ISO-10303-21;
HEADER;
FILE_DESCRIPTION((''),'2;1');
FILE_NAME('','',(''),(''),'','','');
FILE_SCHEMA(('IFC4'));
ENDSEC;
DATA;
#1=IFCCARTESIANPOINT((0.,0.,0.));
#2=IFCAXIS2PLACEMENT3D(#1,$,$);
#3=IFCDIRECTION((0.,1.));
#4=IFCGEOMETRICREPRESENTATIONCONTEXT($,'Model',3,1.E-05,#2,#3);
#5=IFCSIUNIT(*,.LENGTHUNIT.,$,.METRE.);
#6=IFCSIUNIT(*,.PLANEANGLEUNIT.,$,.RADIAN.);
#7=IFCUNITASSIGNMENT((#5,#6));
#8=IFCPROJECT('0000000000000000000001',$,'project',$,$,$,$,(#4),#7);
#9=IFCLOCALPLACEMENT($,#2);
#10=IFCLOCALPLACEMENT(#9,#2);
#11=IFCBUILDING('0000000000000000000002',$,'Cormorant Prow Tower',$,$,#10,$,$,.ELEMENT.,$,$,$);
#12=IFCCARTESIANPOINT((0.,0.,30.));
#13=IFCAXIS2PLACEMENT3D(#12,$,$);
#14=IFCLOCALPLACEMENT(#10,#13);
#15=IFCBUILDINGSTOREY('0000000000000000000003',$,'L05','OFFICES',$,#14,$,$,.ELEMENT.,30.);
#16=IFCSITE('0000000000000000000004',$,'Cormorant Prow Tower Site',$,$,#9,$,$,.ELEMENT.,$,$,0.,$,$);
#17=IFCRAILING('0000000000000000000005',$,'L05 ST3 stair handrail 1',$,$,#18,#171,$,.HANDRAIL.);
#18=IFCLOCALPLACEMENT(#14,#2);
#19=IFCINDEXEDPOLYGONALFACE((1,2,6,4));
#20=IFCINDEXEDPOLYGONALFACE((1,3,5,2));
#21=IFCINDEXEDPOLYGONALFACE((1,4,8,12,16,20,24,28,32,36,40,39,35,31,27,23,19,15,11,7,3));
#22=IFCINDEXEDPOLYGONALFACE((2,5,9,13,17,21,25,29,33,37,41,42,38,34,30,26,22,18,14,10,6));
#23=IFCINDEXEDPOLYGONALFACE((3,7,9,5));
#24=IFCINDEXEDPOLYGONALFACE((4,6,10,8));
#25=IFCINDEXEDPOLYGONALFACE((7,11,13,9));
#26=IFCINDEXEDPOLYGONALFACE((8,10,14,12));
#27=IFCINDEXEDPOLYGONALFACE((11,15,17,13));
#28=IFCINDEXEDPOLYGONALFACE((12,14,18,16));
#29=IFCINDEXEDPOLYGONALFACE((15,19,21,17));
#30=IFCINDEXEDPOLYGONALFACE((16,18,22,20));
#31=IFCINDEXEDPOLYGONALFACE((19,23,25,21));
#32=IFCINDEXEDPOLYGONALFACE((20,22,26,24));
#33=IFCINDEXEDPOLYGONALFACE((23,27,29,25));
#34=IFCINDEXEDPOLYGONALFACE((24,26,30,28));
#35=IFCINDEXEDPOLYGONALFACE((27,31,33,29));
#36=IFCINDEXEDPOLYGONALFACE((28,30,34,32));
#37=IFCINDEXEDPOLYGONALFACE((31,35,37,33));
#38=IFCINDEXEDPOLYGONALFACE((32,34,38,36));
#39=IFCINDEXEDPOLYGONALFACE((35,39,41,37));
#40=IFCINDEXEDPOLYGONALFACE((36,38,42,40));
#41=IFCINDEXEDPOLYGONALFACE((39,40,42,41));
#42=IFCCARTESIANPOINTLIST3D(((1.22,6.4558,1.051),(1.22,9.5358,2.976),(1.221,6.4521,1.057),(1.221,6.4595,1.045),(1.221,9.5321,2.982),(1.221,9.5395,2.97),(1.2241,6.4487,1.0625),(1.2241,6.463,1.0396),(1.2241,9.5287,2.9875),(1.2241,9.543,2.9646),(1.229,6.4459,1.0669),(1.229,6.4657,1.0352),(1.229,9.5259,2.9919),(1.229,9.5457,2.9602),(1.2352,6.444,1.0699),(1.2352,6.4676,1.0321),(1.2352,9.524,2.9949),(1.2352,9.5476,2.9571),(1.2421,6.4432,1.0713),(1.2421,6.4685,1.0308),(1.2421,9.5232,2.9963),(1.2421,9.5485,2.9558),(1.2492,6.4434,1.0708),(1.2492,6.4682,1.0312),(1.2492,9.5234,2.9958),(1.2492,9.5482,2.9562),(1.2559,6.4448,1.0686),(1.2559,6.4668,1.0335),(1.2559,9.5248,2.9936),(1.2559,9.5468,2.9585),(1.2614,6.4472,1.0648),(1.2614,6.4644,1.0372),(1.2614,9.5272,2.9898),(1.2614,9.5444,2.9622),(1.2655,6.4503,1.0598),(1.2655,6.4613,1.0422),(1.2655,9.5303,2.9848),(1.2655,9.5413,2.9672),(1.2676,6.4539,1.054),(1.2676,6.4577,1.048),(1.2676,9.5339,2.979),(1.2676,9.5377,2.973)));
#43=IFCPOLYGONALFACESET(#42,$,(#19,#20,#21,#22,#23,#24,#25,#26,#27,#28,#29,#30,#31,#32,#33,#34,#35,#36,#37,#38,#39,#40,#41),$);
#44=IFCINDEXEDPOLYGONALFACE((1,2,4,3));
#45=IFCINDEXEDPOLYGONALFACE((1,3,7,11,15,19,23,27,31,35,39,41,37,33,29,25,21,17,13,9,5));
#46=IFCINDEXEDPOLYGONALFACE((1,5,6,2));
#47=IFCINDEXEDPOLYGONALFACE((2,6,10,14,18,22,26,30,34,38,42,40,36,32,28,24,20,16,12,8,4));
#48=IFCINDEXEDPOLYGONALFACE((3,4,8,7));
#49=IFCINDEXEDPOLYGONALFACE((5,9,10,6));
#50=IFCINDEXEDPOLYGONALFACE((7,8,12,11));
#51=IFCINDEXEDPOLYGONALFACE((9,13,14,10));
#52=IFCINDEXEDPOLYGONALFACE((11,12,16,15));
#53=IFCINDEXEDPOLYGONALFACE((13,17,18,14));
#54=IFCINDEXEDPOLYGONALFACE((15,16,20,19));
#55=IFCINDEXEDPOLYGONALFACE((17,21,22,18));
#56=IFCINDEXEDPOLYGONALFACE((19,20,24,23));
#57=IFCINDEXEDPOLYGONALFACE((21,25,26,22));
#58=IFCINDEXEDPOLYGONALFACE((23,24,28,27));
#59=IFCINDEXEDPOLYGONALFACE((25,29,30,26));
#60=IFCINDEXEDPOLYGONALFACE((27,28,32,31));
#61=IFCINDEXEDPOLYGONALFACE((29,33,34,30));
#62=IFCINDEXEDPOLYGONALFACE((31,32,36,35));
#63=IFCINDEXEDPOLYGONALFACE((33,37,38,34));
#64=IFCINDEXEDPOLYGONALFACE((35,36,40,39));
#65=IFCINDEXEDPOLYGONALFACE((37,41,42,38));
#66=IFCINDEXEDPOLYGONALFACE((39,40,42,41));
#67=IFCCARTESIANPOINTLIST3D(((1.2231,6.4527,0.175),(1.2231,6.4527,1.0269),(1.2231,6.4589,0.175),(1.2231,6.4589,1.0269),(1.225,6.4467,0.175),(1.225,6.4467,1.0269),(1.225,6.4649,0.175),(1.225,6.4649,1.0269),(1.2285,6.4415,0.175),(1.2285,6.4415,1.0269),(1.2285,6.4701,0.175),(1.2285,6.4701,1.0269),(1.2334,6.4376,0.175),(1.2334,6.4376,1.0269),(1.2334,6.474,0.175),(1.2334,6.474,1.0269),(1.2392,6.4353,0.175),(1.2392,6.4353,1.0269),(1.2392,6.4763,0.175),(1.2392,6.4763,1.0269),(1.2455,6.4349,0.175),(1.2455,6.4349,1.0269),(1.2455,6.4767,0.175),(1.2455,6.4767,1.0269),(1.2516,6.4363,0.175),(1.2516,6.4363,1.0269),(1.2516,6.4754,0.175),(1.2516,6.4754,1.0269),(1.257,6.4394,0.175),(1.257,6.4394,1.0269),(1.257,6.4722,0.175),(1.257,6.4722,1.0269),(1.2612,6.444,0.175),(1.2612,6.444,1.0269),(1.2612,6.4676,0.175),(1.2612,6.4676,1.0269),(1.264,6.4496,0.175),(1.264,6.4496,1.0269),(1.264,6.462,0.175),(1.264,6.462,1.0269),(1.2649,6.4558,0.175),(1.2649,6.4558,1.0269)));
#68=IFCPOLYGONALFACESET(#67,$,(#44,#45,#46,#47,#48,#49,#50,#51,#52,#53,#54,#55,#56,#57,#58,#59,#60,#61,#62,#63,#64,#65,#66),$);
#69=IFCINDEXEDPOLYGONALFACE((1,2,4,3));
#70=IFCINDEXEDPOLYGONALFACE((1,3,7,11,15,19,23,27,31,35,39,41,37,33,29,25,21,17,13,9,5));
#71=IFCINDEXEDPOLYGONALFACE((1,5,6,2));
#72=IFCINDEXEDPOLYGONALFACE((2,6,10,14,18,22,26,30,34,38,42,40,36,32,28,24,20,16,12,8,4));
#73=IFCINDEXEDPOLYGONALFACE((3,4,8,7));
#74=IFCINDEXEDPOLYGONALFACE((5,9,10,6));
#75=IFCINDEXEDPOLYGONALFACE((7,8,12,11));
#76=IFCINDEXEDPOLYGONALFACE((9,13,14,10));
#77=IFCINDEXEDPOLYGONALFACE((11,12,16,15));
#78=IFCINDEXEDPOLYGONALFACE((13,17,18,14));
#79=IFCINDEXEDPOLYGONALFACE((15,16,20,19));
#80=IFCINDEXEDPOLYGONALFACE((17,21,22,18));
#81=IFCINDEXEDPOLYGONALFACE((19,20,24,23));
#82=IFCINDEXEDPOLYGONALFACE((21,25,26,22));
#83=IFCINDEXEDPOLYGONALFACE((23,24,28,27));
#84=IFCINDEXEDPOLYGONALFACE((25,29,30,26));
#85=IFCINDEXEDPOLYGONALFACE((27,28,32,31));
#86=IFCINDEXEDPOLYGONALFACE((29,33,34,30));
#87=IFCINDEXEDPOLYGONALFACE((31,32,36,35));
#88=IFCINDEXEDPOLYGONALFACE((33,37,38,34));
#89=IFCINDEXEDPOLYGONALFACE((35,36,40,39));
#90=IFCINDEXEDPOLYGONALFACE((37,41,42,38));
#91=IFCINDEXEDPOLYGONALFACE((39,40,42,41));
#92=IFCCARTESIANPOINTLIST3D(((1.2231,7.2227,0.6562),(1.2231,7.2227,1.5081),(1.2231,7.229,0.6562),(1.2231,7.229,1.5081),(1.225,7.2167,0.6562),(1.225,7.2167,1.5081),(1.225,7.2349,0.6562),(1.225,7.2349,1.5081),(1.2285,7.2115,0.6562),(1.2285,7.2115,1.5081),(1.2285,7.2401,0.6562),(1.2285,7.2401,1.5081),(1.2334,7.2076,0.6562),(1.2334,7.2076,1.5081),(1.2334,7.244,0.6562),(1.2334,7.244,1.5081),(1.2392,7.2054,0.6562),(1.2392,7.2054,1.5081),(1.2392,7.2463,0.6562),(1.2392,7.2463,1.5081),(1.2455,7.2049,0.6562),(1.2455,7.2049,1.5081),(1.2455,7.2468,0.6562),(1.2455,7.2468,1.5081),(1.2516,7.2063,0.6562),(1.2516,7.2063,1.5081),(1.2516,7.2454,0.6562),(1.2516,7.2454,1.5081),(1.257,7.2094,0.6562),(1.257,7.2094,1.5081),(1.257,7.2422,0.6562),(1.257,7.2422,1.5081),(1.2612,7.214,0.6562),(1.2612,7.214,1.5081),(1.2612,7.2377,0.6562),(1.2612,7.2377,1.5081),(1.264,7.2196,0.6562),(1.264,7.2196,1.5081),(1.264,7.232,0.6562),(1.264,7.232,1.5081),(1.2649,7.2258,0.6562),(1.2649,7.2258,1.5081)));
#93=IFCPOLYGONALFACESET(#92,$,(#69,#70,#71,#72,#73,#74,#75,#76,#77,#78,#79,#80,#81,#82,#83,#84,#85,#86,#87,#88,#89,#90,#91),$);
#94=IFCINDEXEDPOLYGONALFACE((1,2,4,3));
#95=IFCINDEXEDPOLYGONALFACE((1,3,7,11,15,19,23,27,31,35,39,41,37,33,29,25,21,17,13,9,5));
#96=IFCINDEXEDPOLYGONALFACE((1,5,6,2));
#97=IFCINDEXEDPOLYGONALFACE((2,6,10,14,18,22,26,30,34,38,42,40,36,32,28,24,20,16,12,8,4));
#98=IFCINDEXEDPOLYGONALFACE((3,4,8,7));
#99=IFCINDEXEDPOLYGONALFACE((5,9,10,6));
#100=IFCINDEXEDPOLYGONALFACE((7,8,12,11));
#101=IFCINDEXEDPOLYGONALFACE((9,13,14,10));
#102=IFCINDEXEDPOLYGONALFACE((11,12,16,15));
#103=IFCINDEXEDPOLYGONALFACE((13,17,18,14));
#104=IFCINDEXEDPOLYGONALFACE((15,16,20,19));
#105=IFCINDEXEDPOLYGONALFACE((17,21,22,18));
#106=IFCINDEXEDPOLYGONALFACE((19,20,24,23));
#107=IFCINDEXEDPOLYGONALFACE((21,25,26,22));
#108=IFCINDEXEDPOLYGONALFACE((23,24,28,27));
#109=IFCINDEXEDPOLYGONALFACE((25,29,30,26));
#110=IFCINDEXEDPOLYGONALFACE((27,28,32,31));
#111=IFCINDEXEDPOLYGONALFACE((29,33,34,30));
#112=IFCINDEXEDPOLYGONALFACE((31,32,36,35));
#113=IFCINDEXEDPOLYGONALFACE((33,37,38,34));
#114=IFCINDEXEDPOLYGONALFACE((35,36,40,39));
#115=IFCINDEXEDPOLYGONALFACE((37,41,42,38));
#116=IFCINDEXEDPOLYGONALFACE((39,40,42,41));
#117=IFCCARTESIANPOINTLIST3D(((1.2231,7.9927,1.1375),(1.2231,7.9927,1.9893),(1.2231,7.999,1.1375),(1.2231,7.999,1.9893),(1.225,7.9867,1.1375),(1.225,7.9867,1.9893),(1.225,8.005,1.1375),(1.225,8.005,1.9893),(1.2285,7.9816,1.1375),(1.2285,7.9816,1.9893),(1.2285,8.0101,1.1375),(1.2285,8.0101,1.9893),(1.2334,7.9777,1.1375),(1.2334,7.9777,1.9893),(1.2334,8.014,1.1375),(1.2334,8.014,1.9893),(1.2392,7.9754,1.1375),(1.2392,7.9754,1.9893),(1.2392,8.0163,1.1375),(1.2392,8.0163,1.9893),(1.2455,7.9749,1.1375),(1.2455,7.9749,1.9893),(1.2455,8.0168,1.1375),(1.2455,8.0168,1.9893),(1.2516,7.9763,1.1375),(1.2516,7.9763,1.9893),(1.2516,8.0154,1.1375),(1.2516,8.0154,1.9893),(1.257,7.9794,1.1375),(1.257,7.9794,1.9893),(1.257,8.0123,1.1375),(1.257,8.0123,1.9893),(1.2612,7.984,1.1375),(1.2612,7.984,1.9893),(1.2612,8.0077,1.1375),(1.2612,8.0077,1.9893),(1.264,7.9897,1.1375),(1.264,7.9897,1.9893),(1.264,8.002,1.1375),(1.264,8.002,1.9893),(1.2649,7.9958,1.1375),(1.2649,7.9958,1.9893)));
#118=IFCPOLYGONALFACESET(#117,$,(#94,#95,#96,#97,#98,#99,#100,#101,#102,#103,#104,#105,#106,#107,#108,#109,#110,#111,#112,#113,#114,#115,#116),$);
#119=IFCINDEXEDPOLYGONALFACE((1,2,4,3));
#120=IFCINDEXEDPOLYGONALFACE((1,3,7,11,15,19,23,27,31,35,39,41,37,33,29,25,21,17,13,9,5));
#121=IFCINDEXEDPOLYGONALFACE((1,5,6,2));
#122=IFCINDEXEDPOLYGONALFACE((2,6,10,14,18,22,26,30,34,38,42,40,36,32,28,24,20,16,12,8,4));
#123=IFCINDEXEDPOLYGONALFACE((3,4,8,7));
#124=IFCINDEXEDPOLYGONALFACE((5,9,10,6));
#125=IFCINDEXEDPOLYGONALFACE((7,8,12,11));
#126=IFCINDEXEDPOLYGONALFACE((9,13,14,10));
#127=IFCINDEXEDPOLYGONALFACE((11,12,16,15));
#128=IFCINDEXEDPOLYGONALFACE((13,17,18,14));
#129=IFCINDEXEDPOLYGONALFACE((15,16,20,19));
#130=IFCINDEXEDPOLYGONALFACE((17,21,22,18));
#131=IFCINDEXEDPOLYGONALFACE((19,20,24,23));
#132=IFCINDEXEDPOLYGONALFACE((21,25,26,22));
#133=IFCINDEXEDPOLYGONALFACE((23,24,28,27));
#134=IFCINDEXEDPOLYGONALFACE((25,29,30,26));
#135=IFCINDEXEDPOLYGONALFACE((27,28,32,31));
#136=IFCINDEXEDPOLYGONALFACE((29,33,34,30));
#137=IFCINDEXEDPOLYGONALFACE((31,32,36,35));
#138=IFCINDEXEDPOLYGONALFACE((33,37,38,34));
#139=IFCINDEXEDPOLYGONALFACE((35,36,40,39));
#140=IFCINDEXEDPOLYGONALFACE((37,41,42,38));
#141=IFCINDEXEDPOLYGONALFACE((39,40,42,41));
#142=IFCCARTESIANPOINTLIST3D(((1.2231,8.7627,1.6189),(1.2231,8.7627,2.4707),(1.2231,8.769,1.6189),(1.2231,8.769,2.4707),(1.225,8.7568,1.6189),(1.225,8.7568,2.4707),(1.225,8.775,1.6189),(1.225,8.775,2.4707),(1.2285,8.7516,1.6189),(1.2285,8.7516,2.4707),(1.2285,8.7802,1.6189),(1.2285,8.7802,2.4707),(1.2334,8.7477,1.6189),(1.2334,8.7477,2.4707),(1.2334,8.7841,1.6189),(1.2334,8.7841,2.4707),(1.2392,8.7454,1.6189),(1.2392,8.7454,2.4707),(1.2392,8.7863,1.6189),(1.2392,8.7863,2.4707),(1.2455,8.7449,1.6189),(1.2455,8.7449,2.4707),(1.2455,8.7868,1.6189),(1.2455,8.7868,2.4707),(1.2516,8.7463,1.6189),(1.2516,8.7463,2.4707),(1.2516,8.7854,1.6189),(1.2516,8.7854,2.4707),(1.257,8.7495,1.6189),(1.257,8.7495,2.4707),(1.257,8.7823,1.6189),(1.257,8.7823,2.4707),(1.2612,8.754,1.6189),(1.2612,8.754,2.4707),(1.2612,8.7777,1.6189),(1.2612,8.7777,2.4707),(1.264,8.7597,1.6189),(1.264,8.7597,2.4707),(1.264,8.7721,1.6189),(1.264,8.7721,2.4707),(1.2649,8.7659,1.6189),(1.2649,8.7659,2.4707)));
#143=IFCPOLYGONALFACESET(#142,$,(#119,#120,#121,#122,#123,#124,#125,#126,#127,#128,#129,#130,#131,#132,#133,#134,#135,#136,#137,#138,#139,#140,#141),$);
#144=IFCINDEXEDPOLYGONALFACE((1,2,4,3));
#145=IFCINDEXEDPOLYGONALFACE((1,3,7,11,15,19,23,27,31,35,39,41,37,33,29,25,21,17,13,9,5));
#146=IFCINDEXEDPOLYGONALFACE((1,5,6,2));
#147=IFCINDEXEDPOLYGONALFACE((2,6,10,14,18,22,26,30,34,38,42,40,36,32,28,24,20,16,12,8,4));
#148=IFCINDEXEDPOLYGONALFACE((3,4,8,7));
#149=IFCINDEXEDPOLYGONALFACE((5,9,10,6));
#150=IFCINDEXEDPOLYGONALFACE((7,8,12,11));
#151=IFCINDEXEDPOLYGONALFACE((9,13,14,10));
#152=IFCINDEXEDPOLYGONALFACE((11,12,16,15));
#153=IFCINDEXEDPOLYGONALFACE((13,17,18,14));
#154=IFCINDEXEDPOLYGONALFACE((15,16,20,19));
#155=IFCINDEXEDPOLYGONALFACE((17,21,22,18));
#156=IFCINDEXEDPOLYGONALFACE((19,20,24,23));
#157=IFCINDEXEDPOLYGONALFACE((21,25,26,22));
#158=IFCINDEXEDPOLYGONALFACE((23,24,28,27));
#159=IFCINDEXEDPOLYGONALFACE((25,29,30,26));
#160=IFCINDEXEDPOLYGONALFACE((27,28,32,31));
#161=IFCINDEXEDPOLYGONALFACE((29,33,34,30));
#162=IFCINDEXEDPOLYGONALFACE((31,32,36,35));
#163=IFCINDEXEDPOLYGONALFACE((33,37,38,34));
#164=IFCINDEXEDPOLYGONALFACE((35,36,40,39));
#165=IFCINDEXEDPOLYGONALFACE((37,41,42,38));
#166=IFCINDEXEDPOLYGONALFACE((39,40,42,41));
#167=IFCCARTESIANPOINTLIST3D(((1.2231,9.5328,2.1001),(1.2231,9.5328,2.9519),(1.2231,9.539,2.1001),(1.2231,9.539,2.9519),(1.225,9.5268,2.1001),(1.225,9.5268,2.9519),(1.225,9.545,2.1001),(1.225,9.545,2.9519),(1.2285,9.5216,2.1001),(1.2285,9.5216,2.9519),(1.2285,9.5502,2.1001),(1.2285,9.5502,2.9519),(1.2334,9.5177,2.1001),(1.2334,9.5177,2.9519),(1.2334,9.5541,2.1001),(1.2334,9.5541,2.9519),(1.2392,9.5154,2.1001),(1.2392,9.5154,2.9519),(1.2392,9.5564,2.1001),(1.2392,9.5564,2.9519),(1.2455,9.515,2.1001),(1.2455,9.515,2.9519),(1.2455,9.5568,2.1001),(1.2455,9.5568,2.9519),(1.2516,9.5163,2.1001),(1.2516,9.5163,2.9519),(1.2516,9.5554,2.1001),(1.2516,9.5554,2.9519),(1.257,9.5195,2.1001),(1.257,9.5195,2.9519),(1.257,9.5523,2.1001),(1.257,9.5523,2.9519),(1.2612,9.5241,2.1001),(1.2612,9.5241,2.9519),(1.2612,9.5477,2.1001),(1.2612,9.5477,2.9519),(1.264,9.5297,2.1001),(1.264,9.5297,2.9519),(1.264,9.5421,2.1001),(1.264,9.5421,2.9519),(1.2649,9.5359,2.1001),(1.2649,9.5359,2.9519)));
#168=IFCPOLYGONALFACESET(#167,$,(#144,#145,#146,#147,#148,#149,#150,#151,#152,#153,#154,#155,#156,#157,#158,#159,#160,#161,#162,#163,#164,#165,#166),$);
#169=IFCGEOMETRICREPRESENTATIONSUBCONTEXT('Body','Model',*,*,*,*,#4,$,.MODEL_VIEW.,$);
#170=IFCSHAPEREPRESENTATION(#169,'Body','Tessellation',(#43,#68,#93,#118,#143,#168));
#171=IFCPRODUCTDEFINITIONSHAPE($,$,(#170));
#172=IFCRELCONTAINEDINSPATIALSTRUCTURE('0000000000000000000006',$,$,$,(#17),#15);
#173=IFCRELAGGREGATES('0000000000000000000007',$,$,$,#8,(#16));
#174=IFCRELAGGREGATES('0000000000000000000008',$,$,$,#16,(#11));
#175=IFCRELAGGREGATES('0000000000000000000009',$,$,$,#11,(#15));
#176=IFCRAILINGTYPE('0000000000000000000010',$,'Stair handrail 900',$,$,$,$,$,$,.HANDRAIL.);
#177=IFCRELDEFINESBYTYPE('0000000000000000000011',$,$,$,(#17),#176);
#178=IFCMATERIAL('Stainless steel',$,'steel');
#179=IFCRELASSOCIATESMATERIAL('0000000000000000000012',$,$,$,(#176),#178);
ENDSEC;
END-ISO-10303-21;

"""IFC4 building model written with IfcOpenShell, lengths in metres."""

from ifc_helpers import new_model, si_unit, direction, frame, origin, origin_2d, place, context, subcontext, project, spatial, circle, extrude, material, type_object, element, save


model = new_model("IFC4")

# Units and contexts
model_context = context("Model", 3, precision=1e-05, world=origin(), true_north=direction((0.0, 1.0)))
body_context = subcontext(model_context, "Body", "Model", "MODEL_VIEW")
ifc_project = project(units=[si_unit("LENGTHUNIT", "METRE"), si_unit("PLANEANGLEUNIT", "RADIAN")], contexts=[model_context])

# Site, building, storey
site_placement = place(None, origin())
site = spatial("IfcSite", under=ifc_project, at=site_placement, Name="Cormorant Prow Tower Site", CompositionType="ELEMENT", RefElevation=0.0)
building_placement = place(site_placement, origin())
building = spatial("IfcBuilding", under=site, at=building_placement, Name="Cormorant Prow Tower", CompositionType="ELEMENT")
storey_placement = place(building_placement, frame((0.0, 0.0, 30.0)))
storey = spatial("IfcBuildingStorey", under=building, at=storey_placement, Name="L05", Description="OFFICES", CompositionType="ELEMENT", Elevation=30.0)

# Railing
ifc_material_1 = material(Name="Stainless steel", Category="steel")
railing_type_1 = type_object("IfcRailingType", Name="Stair handrail 900", PredefinedType="HANDRAIL", material=ifc_material_1)
railing_1_placement = place(storey_placement, frame((1.2439, 6.4558, 0.175)))
element("IfcRailing", 1, at=railing_1_placement, inside=storey, type_object=railing_type_1, Name="L05 ST3 stair handrail 1", PredefinedType="HANDRAIL", context=body_context, shape_type="SweptSolid", body=[
    extrude(circle(Radius=0.0239, at=origin_2d()), frame((0.0, 0.0, 0.876), z_axis=(0.0, 0.847998, 0.529999), x_axis=(-1.0, 0.0, 0.0)), (0.0, 0.0, 1.0), 3.6321),
    extrude(circle(Radius=0.021, at=origin_2d()), origin(), (0.0, 0.0, 1.0), 0.8518),
    extrude(circle(Radius=0.021, at=origin_2d()), frame((0.0, 0.77, 0.4812)), (0.0, 0.0, 1.0), 0.8518),
    extrude(circle(Radius=0.021, at=origin_2d()), frame((0.0, 1.54, 0.9624)), (0.0, 0.0, 1.0), 0.8518),
    extrude(circle(Radius=0.021, at=origin_2d()), frame((0.0, 2.3101, 1.4438)), (0.0, 0.0, 1.0), 0.8518),
    extrude(circle(Radius=0.021, at=origin_2d()), frame((0.0, 3.0801, 1.925)), (0.0, 0.0, 1.0), 0.8518),
])

save(model, "model.ifc")
